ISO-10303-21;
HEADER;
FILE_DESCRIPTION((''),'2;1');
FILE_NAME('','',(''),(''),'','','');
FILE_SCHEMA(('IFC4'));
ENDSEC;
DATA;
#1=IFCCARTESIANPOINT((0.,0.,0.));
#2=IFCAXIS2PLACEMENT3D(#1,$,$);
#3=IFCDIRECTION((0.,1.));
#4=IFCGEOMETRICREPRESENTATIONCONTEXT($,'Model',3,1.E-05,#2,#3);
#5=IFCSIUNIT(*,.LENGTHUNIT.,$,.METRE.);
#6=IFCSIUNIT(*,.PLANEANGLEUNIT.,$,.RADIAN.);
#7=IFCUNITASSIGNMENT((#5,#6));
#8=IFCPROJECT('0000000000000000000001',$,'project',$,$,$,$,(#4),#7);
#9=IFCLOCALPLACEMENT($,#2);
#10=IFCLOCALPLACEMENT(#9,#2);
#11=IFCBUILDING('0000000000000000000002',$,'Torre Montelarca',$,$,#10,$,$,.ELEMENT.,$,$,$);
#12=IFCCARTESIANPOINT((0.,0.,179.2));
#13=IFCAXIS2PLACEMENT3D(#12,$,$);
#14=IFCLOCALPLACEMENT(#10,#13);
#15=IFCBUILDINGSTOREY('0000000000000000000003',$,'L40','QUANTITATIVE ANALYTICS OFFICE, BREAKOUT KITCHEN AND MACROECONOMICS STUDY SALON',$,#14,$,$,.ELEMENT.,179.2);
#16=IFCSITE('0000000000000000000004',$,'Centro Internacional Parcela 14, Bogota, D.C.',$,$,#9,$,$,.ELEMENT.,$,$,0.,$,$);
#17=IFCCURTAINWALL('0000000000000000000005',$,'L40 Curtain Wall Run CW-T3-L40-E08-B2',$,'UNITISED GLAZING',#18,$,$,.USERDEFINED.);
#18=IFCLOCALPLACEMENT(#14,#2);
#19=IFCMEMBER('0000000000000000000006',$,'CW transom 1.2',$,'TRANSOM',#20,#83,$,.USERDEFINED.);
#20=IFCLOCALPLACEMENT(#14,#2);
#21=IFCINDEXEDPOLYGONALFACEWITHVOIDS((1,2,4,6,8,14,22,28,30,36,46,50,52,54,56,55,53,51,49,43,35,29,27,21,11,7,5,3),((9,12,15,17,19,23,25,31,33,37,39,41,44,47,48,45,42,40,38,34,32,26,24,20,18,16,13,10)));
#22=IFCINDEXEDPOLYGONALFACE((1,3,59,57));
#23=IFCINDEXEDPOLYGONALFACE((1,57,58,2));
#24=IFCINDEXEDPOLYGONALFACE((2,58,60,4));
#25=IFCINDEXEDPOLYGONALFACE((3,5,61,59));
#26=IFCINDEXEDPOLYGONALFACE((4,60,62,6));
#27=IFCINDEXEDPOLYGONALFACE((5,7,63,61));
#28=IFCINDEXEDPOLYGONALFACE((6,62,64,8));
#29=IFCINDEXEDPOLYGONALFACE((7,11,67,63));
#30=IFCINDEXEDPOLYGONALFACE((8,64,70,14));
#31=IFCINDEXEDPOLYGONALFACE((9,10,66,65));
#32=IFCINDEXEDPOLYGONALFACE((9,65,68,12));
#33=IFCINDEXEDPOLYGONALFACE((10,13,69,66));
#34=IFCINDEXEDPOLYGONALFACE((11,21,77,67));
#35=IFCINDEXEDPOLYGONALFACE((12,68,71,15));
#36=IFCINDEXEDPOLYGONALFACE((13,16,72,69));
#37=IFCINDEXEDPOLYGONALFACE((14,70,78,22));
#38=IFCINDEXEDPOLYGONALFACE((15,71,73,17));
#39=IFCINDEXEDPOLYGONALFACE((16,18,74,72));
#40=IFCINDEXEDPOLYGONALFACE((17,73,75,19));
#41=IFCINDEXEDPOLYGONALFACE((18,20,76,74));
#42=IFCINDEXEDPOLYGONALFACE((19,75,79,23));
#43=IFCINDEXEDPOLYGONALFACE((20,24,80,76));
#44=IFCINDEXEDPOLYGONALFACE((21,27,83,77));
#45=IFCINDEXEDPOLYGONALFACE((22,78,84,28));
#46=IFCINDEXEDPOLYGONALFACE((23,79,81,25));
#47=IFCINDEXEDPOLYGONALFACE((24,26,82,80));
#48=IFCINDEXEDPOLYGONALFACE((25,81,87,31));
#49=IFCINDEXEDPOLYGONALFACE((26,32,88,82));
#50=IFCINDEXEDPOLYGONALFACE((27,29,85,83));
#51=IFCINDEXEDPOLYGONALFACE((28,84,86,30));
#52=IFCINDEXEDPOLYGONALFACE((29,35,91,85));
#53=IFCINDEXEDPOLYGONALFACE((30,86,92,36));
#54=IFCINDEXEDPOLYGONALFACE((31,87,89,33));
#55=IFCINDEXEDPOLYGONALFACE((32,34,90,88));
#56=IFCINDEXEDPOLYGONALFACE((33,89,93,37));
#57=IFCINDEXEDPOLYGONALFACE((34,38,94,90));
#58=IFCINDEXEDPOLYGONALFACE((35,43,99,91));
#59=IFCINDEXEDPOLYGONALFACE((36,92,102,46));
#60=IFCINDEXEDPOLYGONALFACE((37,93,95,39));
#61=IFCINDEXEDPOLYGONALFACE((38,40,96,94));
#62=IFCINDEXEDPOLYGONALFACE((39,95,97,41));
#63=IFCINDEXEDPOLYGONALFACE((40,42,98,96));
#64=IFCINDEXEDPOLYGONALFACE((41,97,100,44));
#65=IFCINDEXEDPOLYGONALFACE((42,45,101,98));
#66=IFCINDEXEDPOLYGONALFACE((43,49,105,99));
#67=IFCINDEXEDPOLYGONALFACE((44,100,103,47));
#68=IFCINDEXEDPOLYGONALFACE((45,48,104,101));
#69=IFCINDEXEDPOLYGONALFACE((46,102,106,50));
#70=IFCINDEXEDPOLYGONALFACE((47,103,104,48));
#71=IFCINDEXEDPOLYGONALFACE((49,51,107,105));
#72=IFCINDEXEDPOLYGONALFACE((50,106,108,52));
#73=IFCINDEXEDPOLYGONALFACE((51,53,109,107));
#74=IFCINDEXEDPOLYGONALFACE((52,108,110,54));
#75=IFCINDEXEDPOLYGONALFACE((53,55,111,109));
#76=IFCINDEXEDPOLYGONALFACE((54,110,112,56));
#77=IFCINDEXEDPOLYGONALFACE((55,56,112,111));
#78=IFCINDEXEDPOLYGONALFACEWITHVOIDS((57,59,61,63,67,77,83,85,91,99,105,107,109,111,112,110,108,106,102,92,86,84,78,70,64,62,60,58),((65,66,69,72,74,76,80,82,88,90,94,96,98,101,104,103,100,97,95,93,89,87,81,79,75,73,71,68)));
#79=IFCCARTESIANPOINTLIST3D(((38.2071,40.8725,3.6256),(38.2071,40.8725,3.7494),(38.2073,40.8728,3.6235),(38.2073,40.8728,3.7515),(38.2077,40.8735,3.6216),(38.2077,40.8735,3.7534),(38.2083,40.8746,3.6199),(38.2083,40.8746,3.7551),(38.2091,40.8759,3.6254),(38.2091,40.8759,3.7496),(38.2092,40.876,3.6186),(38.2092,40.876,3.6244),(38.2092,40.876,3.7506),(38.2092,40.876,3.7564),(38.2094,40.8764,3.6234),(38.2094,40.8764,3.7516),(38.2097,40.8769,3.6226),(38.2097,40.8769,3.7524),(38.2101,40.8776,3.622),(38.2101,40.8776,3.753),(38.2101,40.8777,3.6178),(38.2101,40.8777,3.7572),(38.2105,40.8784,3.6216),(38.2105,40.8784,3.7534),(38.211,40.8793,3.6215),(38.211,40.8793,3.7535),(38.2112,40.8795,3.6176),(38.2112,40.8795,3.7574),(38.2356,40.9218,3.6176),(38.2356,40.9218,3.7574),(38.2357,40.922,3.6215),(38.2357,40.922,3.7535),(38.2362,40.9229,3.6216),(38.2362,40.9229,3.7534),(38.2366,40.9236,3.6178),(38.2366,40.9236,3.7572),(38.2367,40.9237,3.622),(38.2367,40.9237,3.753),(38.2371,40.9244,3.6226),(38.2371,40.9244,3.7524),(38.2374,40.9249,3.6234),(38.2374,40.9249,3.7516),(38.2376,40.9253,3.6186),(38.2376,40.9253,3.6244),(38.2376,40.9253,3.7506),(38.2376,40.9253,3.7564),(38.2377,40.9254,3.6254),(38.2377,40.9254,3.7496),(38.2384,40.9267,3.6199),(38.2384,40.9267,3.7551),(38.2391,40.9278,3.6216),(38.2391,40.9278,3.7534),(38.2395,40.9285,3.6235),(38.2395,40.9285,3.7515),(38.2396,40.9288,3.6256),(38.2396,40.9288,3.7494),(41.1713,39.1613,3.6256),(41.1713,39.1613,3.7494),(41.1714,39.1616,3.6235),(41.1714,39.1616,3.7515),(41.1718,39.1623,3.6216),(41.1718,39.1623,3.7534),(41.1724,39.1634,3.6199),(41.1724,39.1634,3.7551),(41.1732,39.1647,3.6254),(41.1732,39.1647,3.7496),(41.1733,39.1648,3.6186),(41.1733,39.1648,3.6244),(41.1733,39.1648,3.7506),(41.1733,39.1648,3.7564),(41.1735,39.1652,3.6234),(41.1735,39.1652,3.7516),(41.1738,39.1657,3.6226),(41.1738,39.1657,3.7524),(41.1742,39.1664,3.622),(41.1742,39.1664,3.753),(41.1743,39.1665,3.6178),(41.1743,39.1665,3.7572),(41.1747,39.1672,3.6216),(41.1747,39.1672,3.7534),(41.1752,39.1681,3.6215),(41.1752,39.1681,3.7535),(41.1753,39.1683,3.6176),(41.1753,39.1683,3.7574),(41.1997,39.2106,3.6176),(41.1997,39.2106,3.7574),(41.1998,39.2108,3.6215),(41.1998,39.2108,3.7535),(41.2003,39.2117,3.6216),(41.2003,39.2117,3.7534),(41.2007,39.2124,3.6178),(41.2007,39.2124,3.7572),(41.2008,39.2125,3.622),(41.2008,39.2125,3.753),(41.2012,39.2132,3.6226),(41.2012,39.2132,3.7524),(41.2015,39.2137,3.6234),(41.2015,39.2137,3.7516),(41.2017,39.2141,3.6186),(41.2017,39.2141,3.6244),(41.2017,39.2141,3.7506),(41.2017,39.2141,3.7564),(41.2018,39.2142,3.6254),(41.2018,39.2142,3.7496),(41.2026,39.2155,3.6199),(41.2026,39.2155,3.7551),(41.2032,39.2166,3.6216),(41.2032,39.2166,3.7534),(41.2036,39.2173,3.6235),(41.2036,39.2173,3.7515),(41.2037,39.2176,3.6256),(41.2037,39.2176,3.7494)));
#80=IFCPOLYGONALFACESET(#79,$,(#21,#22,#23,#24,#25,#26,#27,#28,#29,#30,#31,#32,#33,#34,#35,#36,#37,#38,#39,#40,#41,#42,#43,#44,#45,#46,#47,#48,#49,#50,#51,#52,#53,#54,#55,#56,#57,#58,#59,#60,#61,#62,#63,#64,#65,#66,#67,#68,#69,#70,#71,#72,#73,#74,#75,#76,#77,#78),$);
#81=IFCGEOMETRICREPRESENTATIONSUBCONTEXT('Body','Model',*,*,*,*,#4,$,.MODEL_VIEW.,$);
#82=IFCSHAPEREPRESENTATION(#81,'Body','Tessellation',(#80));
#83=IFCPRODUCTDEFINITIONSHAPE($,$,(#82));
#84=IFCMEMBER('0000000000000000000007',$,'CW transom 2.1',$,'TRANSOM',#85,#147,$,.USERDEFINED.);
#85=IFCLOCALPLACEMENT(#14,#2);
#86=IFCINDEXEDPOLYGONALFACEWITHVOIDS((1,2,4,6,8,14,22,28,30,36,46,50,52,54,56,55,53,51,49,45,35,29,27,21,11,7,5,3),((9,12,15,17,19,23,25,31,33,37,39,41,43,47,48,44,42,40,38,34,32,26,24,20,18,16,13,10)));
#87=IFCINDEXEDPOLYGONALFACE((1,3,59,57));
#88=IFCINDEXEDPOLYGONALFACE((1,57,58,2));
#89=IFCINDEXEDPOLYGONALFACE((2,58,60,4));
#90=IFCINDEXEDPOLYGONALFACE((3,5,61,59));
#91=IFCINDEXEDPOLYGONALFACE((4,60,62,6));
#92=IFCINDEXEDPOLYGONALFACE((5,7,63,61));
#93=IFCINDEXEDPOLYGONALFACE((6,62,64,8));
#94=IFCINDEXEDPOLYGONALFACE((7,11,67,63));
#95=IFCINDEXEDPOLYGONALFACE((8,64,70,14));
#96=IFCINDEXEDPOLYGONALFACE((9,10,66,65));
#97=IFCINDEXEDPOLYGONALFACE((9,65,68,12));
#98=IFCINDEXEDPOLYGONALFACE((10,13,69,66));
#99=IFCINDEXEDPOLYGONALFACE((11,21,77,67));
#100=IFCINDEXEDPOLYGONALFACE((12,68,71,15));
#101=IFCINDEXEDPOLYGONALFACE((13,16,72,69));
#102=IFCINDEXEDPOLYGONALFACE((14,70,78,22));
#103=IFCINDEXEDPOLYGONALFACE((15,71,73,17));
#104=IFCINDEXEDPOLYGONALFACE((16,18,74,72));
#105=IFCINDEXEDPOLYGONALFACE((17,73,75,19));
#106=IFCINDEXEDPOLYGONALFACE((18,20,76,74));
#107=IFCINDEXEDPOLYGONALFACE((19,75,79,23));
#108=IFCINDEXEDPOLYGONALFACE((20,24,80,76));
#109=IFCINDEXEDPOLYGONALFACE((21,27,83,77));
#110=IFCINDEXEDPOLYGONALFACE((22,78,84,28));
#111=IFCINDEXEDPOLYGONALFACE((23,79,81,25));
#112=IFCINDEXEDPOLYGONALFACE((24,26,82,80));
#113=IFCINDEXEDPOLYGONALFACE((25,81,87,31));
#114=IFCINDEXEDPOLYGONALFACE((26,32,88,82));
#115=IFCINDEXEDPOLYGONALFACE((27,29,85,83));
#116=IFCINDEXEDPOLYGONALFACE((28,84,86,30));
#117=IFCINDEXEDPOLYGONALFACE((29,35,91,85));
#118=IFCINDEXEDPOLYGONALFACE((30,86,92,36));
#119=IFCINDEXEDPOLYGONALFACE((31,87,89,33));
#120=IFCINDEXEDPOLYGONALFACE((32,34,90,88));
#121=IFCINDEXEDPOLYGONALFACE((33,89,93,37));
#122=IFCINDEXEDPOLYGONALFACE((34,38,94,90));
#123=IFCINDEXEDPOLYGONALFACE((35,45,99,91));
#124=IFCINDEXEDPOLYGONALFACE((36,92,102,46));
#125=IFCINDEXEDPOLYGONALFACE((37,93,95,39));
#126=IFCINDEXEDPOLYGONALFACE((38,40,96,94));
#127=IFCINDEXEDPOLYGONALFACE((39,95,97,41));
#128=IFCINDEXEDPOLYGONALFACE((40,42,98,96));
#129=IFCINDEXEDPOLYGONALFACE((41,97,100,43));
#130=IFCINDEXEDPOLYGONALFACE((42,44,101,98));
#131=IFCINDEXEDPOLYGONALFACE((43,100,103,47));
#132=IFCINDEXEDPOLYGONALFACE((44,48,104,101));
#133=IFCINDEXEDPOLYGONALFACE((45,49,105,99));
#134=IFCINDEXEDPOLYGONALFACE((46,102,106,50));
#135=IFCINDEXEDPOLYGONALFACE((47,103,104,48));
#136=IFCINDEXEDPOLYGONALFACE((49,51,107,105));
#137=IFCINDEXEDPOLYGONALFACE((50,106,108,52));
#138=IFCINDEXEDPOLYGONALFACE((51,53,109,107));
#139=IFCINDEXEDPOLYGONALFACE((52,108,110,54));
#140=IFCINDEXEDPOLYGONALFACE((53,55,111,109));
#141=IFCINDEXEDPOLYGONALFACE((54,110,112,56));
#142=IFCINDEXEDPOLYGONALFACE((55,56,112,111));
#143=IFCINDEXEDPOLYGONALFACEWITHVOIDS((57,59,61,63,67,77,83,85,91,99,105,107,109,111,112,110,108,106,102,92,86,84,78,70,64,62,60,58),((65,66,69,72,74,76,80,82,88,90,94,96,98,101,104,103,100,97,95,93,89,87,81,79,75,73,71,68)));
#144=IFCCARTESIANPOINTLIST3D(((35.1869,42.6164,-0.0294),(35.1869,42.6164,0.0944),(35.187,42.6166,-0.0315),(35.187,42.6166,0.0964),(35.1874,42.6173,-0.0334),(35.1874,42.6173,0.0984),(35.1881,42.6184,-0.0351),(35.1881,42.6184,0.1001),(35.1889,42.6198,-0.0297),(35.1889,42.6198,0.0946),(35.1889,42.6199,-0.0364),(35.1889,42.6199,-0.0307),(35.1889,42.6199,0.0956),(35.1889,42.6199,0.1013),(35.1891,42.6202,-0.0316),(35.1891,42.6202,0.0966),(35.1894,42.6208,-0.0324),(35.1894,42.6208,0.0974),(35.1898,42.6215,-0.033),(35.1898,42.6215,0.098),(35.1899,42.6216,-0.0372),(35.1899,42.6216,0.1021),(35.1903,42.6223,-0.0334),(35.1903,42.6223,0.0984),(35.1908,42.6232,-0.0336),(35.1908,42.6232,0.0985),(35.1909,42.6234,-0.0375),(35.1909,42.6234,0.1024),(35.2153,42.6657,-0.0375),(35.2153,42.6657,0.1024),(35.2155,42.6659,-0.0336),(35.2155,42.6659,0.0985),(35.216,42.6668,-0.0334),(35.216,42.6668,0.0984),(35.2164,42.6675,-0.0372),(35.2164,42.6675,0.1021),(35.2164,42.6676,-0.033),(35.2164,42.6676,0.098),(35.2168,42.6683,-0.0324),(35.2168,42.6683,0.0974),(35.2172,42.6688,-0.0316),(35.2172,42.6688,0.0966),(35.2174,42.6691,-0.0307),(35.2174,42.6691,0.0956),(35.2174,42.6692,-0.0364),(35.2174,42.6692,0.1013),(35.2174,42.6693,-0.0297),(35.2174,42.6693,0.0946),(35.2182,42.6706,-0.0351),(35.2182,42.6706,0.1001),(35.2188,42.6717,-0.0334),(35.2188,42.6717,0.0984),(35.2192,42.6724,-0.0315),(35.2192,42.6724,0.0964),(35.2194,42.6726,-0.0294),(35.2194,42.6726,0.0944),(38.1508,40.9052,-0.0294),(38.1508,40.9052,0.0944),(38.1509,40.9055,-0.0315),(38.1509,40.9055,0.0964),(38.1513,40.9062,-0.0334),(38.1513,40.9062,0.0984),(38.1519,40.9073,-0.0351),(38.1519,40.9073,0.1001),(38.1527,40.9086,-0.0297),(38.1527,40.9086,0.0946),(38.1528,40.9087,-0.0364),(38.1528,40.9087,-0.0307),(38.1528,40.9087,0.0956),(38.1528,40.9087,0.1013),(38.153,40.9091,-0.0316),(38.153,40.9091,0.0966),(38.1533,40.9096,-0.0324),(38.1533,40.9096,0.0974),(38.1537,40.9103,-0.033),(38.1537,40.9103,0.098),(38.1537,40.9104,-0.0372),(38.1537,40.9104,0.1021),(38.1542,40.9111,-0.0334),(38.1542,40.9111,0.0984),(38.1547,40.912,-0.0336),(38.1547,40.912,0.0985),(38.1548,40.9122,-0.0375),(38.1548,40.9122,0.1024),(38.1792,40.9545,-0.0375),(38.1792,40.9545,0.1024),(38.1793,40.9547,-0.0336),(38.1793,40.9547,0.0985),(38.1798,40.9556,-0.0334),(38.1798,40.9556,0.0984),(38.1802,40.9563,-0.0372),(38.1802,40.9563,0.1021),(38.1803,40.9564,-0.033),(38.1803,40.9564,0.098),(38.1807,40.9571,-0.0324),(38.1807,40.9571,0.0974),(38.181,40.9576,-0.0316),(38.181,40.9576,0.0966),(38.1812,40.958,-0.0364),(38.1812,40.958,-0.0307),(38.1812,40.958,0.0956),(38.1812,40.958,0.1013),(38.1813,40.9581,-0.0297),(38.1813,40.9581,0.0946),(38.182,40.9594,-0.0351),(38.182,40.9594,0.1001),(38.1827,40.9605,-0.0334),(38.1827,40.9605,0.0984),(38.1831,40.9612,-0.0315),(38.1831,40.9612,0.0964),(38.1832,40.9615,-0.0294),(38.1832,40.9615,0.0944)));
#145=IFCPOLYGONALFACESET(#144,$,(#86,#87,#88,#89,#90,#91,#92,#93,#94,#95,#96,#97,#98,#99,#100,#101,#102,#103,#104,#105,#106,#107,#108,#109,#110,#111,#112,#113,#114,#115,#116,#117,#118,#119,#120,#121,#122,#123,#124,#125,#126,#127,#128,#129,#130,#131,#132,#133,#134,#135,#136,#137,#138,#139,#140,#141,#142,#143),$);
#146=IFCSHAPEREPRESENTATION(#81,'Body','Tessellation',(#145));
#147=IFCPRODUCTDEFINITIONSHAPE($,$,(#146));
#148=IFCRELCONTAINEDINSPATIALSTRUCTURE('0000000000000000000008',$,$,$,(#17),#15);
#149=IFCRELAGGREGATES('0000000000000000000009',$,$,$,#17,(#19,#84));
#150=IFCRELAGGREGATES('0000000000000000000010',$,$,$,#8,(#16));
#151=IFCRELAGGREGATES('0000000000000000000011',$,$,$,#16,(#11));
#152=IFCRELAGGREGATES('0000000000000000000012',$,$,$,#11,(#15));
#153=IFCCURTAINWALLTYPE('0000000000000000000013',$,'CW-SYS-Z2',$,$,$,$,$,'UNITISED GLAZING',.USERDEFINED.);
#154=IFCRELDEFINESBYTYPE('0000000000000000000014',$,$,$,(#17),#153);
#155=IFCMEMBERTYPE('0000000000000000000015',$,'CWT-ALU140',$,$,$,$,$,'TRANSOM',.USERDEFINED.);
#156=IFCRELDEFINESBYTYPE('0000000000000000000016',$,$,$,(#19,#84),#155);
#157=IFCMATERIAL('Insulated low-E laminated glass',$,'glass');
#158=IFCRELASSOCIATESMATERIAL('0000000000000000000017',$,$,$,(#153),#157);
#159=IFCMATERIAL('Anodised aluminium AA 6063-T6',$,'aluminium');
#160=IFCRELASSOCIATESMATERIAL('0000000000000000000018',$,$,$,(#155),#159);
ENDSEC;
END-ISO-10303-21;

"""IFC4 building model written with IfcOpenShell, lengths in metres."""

from ifc_helpers import new_model, si_unit, direction, frame, origin, origin_2d, place, context, subcontext, project, spatial, hollow_rectangle, extrude, source, transform, mapped, material, material_profile, profile_set, type_object, element, aggregate, save


model = new_model("IFC4")

# Units and contexts
model_context = context("Model", 3, precision=1e-05, world=origin(), true_north=direction((0.0, 1.0)))
body_context = subcontext(model_context, "Body", "Model", "MODEL_VIEW")
ifc_project = project(units=[si_unit("LENGTHUNIT", "METRE"), si_unit("PLANEANGLEUNIT", "RADIAN")], contexts=[model_context])

# Site, building, storey
site_placement = place(None, origin())
site = spatial("IfcSite", under=ifc_project, at=site_placement, Name="Centro Internacional Parcela 14, Bogota, D.C.", CompositionType="ELEMENT", RefElevation=0.0)
building_placement = place(site_placement, origin())
building = spatial("IfcBuilding", under=site, at=building_placement, Name="Torre Montelarca", CompositionType="ELEMENT")
storey_placement = place(building_placement, frame((0.0, 0.0, 179.2)))
storey = spatial("IfcBuildingStorey", under=building, at=storey_placement, Name="L40", Description="QUANTITATIVE ANALYTICS OFFICE, BREAKOUT KITCHEN AND MACROECONOMICS STUDY SALON", CompositionType="ELEMENT", Elevation=179.2)

# Curtain wall, members
ifc_material_1 = material(Name="Insulated low-E laminated glass", Category="glass")
curtain_wall_type = type_object("IfcCurtainWallType", Name="CW-SYS-Z2", ElementType="UNITISED GLAZING", PredefinedType="USERDEFINED", material=ifc_material_1)
ifc_material_2 = material(Name="Anodised aluminium AA 6063-T6", Category="aluminium")
ifc_material_profile_1 = material_profile(ifc_material_2, hollow_rectangle(XDim=0.0649, YDim=0.1399, WallThickness=0.0039, InnerFilletRadius=0.0039, OuterFilletRadius=0.0081, at=origin_2d()), Name="ALU65X140X4", Category="aluminium")
ifc_profile_set_1 = profile_set([ifc_material_profile_1], Name="Anodised aluminium AA 6063-T6")
member_type_1 = type_object("IfcMemberType", Name="CWT-ALU140", ElementType="TRANSOM", PredefinedType="USERDEFINED", material=ifc_profile_set_1)
curtain_wall_1_placement = place(storey_placement, origin())
curtain_wall_1 = element("IfcCurtainWall", 1, at=curtain_wall_1_placement, inside=storey, type_object=curtain_wall_type, Name="L40 Curtain Wall Run CW-T3-L40-E08-B2", ObjectType="UNITISED GLAZING", PredefinedType="USERDEFINED")
shared_shape_1 = source(origin(), body_context, "Body", "SweptSolid", [
    extrude(hollow_rectangle(XDim=0.0649, YDim=0.1399, WallThickness=0.0039, InnerFilletRadius=0.0039, OuterFilletRadius=0.0081, at=origin_2d()), origin(), (0.0, 0.0, 1.0), 3.4226),
])
member_1_placement = place(storey_placement, frame((41.1875, 39.1895, 3.6875), z_axis=(-0.866044, 0.499967, 0.0), x_axis=(-0.499967, -0.866044, 0.0)))
member_1 = element("IfcMember", 2, at=member_1_placement, type_object=member_type_1, Name="CW transom 1.2", ObjectType="TRANSOM", PredefinedType="USERDEFINED", context=body_context, shape_type="MappedRepresentation", body=[
    mapped(shared_shape_1, transform((0.0, 0.0, 0.0), scale=1.0)),
])
shared_shape_2 = source(origin(), body_context, "Body", "SweptSolid", [
    extrude(hollow_rectangle(XDim=0.0649, YDim=0.1399, WallThickness=0.0039, InnerFilletRadius=0.0039, OuterFilletRadius=0.0081, at=origin_2d()), origin(), (0.0, 0.0, 1.0), 3.4224),
])
member_2_placement = place(storey_placement, frame((38.167, 40.9333, 0.0325), z_axis=(-0.866026, 0.499998, 0.0), x_axis=(-0.499998, -0.866026, 0.0)))
member_2 = element("IfcMember", 3, at=member_2_placement, type_object=member_type_1, Name="CW transom 2.1", ObjectType="TRANSOM", PredefinedType="USERDEFINED", context=body_context, shape_type="MappedRepresentation", body=[
    mapped(shared_shape_2, transform((0.0, 0.0, 0.0), scale=1.0)),
])

aggregate(curtain_wall_1, [member_1, member_2])

save(model, "model.ifc")
